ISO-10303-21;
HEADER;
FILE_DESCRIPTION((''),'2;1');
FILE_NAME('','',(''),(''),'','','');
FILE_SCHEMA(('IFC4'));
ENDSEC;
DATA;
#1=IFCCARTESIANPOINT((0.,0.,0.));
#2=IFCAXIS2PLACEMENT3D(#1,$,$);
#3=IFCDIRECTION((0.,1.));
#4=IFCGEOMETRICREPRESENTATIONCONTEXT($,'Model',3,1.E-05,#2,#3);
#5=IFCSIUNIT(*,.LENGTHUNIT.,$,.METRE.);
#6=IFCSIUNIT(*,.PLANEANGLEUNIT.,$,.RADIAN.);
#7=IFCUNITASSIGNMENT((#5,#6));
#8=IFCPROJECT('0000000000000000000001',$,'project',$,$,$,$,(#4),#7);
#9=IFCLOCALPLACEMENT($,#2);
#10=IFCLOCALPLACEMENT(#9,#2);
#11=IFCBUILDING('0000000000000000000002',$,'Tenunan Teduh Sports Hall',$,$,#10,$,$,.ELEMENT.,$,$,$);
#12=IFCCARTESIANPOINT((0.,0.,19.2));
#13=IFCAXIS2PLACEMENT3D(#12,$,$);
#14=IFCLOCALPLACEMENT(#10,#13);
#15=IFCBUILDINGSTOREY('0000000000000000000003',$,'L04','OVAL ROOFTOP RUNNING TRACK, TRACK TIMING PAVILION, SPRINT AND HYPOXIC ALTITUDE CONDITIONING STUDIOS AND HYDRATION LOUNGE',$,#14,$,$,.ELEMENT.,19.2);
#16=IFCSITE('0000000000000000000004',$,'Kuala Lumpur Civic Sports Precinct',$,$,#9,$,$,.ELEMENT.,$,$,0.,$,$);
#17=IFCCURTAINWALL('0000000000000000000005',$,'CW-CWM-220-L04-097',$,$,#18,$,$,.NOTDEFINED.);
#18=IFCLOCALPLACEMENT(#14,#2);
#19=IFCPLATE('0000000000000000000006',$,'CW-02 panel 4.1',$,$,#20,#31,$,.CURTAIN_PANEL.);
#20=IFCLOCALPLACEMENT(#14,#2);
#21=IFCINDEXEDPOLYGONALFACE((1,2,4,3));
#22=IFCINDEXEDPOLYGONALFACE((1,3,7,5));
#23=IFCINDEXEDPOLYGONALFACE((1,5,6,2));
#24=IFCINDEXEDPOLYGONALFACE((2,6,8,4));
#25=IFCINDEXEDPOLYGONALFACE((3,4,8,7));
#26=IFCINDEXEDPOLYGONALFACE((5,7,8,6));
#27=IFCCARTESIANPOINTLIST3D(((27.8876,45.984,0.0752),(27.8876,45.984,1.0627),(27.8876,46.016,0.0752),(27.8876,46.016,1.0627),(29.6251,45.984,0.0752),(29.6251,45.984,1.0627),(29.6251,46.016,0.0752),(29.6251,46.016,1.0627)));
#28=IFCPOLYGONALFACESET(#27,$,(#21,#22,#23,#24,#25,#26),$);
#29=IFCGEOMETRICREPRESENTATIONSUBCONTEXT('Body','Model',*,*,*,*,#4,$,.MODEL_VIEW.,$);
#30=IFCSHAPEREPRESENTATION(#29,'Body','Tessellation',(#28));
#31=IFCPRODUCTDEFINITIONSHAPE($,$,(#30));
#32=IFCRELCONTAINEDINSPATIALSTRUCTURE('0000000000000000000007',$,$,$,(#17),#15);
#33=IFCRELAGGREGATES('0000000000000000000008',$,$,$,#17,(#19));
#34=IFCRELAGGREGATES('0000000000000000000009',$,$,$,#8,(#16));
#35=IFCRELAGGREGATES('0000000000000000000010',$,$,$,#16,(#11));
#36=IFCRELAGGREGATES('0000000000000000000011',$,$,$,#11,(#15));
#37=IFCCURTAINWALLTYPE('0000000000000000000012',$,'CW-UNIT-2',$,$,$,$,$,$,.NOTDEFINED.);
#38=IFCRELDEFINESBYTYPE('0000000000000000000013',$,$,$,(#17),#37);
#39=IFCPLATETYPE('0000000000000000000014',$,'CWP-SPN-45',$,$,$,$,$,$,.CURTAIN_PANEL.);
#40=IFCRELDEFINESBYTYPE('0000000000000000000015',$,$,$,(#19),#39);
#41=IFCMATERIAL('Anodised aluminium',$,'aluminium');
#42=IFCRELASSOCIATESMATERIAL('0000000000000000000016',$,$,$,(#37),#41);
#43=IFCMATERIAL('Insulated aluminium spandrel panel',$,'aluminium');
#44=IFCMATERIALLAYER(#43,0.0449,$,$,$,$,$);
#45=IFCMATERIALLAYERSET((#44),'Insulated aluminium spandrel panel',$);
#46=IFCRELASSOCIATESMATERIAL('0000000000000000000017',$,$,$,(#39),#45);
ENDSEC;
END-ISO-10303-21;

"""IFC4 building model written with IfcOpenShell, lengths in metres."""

from ifc_helpers import new_model, si_unit, direction, frame, origin, origin_2d, place, context, subcontext, project, spatial, rectangle, extrude, material, layer, layer_set, type_object, element, aggregate, save


model = new_model("IFC4")

# Units and contexts
model_context = context("Model", 3, precision=1e-05, world=origin(), true_north=direction((0.0, 1.0)))
body_context = subcontext(model_context, "Body", "Model", "MODEL_VIEW")
ifc_project = project(units=[si_unit("LENGTHUNIT", "METRE"), si_unit("PLANEANGLEUNIT", "RADIAN")], contexts=[model_context])

# Site, building, storey
site_placement = place(None, origin())
site = spatial("IfcSite", under=ifc_project, at=site_placement, Name="Kuala Lumpur Civic Sports Precinct", CompositionType="ELEMENT", RefElevation=0.0)
building_placement = place(site_placement, origin())
building = spatial("IfcBuilding", under=site, at=building_placement, Name="Tenunan Teduh Sports Hall", CompositionType="ELEMENT")
storey_placement = place(building_placement, frame((0.0, 0.0, 19.2)))
storey = spatial("IfcBuildingStorey", under=building, at=storey_placement, Name="L04", Description="OVAL ROOFTOP RUNNING TRACK, TRACK TIMING PAVILION, SPRINT AND HYPOXIC ALTITUDE CONDITIONING STUDIOS AND HYDRATION LOUNGE", CompositionType="ELEMENT", Elevation=19.2)

# Curtain wall
ifc_material_1 = material(Name="Anodised aluminium", Category="aluminium")
curtain_wall_type = type_object("IfcCurtainWallType", Name="CW-UNIT-2", PredefinedType="NOTDEFINED", material=ifc_material_1)
curtain_wall_placement = place(storey_placement, origin())
curtain_wall = element("IfcCurtainWall", 1, at=curtain_wall_placement, inside=storey, type_object=curtain_wall_type, Name="CW-CWM-220-L04-097", PredefinedType="NOTDEFINED")

# Plate
ifc_material_2 = material(Name="Insulated aluminium spandrel panel", Category="aluminium")
ifc_layer_1 = layer(ifc_material_2, 0.0449)
ifc_layer_set_1 = layer_set([ifc_layer_1], Name="Insulated aluminium spandrel panel")
plate_type_1 = type_object("IfcPlateType", Name="CWP-SPN-45", PredefinedType="CURTAIN_PANEL", material=ifc_layer_set_1)
plate_1_placement = place(storey_placement, frame((28.7563, 46.0, 0.0752), z_axis=(0.0, 0.0, 1.0), x_axis=(1.0, 0.0, 0.0)))
plate_1 = element("IfcPlate", 2, at=plate_1_placement, type_object=plate_type_1, Name="CW-02 panel 4.1", PredefinedType="CURTAIN_PANEL", context=body_context, shape_type="SweptSolid", body=[
    extrude(rectangle(XDim=1.7375, YDim=0.032, at=origin_2d()), origin(), (0.0, 0.0, 1.0), 0.9875),
])
aggregate(curtain_wall, [plate_1])

save(model, "model.ifc")
